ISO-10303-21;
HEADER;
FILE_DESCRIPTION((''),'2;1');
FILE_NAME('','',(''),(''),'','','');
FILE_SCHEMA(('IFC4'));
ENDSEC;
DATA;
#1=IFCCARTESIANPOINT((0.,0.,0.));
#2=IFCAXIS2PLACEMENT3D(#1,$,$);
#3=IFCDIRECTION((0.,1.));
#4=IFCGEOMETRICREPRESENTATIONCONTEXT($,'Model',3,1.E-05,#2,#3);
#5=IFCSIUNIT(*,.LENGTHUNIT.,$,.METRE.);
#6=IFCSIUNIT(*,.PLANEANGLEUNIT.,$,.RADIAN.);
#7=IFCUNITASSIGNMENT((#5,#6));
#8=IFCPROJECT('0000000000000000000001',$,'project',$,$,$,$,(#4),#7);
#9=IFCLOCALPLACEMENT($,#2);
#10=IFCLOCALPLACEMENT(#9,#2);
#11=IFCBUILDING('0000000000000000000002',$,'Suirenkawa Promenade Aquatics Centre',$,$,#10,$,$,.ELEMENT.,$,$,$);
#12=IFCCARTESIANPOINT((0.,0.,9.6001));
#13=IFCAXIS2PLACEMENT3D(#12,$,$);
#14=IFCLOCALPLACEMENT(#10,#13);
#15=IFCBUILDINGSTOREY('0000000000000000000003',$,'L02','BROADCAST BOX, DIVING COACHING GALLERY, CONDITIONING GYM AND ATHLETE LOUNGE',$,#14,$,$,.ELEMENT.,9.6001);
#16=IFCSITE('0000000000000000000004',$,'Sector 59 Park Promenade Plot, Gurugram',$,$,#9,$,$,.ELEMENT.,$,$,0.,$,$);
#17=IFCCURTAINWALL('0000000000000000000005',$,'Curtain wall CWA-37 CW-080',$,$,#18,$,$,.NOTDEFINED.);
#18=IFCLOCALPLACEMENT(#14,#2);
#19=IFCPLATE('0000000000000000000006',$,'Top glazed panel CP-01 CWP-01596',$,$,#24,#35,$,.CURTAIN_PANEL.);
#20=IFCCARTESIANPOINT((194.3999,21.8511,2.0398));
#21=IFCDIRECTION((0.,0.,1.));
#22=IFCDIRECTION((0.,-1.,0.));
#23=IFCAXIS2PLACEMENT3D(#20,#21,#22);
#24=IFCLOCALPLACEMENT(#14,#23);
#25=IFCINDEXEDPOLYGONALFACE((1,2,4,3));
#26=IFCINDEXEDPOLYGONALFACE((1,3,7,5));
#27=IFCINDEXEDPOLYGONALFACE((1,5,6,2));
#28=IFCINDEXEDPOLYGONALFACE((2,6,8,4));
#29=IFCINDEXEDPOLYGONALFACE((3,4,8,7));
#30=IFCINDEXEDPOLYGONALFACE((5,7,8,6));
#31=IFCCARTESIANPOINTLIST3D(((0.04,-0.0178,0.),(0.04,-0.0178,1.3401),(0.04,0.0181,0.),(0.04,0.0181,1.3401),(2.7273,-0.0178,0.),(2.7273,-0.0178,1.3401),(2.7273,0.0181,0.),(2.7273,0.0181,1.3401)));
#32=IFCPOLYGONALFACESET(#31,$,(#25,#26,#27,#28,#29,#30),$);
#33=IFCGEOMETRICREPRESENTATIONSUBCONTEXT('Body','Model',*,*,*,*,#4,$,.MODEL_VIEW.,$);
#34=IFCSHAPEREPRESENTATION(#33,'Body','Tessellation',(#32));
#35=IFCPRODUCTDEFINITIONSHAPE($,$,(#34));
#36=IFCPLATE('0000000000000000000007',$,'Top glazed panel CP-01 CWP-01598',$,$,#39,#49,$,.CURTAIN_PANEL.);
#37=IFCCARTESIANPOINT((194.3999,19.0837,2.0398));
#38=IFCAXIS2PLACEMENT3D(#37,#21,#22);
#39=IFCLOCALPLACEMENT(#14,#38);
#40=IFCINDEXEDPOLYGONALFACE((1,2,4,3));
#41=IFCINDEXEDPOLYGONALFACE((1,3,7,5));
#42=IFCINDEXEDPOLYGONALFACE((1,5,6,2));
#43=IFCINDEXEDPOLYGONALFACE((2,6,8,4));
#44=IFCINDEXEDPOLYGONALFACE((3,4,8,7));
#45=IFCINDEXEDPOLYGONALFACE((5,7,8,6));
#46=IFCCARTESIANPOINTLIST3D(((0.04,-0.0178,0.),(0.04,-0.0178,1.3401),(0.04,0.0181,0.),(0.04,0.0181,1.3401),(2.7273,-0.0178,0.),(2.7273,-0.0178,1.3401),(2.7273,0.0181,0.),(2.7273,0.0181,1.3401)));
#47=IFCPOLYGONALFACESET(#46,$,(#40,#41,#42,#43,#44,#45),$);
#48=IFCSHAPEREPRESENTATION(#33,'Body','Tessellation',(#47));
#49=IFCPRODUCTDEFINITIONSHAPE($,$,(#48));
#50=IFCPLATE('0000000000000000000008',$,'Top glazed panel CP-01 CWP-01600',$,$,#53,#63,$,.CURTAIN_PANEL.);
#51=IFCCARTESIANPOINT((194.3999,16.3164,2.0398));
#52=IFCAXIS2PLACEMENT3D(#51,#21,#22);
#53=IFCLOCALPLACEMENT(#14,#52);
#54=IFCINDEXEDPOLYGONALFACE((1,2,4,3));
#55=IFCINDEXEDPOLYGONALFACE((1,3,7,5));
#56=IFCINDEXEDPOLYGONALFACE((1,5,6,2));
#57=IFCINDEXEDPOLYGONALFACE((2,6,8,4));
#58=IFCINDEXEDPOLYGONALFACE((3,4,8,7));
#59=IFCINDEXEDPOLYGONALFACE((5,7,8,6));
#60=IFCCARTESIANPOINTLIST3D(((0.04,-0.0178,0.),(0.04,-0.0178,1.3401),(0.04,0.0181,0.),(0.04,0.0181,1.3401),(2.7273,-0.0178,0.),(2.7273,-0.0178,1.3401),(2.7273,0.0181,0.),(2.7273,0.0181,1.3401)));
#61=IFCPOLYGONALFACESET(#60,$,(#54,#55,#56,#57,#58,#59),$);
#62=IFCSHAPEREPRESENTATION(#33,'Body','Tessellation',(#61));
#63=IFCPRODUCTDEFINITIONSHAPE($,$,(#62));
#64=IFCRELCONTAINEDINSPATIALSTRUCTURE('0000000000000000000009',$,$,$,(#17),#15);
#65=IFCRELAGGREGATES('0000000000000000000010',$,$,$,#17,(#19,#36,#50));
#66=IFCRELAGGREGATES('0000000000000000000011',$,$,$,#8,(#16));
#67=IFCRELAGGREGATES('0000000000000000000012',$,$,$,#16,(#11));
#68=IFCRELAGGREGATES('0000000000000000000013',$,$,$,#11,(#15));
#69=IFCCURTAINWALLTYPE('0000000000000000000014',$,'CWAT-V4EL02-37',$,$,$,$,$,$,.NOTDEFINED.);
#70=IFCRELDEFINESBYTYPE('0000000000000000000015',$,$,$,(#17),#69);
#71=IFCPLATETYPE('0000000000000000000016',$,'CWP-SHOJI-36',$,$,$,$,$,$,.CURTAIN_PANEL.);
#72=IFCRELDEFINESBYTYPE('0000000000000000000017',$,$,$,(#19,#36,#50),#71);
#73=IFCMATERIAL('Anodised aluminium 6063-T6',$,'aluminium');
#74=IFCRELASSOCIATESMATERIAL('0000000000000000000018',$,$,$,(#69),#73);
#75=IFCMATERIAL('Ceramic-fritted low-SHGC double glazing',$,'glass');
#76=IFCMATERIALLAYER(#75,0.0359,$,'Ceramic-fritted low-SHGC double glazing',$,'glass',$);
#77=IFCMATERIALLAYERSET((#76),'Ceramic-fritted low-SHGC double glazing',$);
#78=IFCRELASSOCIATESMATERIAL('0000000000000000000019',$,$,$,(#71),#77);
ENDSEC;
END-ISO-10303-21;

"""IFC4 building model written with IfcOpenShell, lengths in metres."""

from ifc_helpers import new_model, si_unit, direction, frame, origin, place, context, subcontext, project, spatial, polyline, outline, extrude, material, layer, layer_set, type_object, element, aggregate, save


model = new_model("IFC4")

# Units and contexts
model_context = context("Model", 3, precision=1e-05, world=origin(), true_north=direction((0.0, 1.0)))
body_context = subcontext(model_context, "Body", "Model", "MODEL_VIEW")
ifc_project = project(units=[si_unit("LENGTHUNIT", "METRE"), si_unit("PLANEANGLEUNIT", "RADIAN")], contexts=[model_context])

# Site, building, storey
site_placement = place(None, origin())
site = spatial("IfcSite", under=ifc_project, at=site_placement, Name="Sector 59 Park Promenade Plot, Gurugram", CompositionType="ELEMENT", RefElevation=0.0)
building_placement = place(site_placement, origin())
building = spatial("IfcBuilding", under=site, at=building_placement, Name="Suirenkawa Promenade Aquatics Centre", CompositionType="ELEMENT")
storey_placement = place(building_placement, frame((0.0, 0.0, 9.6001)))
storey = spatial("IfcBuildingStorey", under=building, at=storey_placement, Name="L02", Description="BROADCAST BOX, DIVING COACHING GALLERY, CONDITIONING GYM AND ATHLETE LOUNGE", CompositionType="ELEMENT", Elevation=9.6001)

# Curtain wall, plates
ifc_material_1 = material(Name="Anodised aluminium 6063-T6", Category="aluminium")
curtain_wall_type = type_object("IfcCurtainWallType", Name="CWAT-V4EL02-37", PredefinedType="NOTDEFINED", material=ifc_material_1)
curtain_wall_placement = place(storey_placement, origin())
curtain_wall = element("IfcCurtainWall", 1, at=curtain_wall_placement, inside=storey, type_object=curtain_wall_type, Name="Curtain wall CWA-37 CW-080", PredefinedType="NOTDEFINED")
ifc_material_2 = material(Name="Ceramic-fritted low-SHGC double glazing", Category="glass")
ifc_layer = layer(ifc_material_2, 0.0359, Name="Ceramic-fritted low-SHGC double glazing", Category="glass")
ifc_layer_set = layer_set([ifc_layer], Name="Ceramic-fritted low-SHGC double glazing")
plate_type = type_object("IfcPlateType", Name="CWP-SHOJI-36", PredefinedType="CURTAIN_PANEL", material=ifc_layer_set)
plate_1_placement = place(storey_placement, frame((194.3999, 21.8511, 2.0398), z_axis=(0.0, 0.0, 1.0), x_axis=(0.0, -1.0, 0.0)))
plate_1 = element("IfcPlate", 2, at=plate_1_placement, type_object=plate_type, Name="Top glazed panel CP-01 CWP-01596", PredefinedType="CURTAIN_PANEL", context=body_context, shape_type="SweptSolid", body=[
    extrude(outline(polyline([(0.04, 0.0), (2.7273, 0.0), (2.7273, 1.3401), (0.04, 1.3401), (0.04, 0.0)])), frame((0.0, 0.0181, 0.0), z_axis=(0.0, -1.0, 0.0), x_axis=(1.0, 0.0, 0.0)), (0.0, 0.0, 1.0), 0.0359),
])
plate_2_placement = place(storey_placement, frame((194.3999, 19.0837, 2.0398), z_axis=(0.0, 0.0, 1.0), x_axis=(0.0, -1.0, 0.0)))
plate_2 = element("IfcPlate", 3, at=plate_2_placement, type_object=plate_type, Name="Top glazed panel CP-01 CWP-01598", PredefinedType="CURTAIN_PANEL", context=body_context, shape_type="SweptSolid", body=[
    extrude(outline(polyline([(0.04, 0.0), (2.7273, 0.0), (2.7273, 1.3401), (0.04, 1.3401), (0.04, 0.0)])), frame((0.0, 0.0181, 0.0), z_axis=(0.0, -1.0, 0.0), x_axis=(1.0, 0.0, 0.0)), (0.0, 0.0, 1.0), 0.0359),
])
plate_3_placement = place(storey_placement, frame((194.3999, 16.3164, 2.0398), z_axis=(0.0, 0.0, 1.0), x_axis=(0.0, -1.0, 0.0)))
plate_3 = element("IfcPlate", 4, at=plate_3_placement, type_object=plate_type, Name="Top glazed panel CP-01 CWP-01600", PredefinedType="CURTAIN_PANEL", context=body_context, shape_type="SweptSolid", body=[
    extrude(outline(polyline([(0.04, 0.0), (2.7273, 0.0), (2.7273, 1.3401), (0.04, 1.3401), (0.04, 0.0)])), frame((0.0, 0.0181, 0.0), z_axis=(0.0, -1.0, 0.0), x_axis=(1.0, 0.0, 0.0)), (0.0, 0.0, 1.0), 0.0359),
])
aggregate(curtain_wall, [plate_1, plate_2, plate_3])

save(model, "model.ifc")
